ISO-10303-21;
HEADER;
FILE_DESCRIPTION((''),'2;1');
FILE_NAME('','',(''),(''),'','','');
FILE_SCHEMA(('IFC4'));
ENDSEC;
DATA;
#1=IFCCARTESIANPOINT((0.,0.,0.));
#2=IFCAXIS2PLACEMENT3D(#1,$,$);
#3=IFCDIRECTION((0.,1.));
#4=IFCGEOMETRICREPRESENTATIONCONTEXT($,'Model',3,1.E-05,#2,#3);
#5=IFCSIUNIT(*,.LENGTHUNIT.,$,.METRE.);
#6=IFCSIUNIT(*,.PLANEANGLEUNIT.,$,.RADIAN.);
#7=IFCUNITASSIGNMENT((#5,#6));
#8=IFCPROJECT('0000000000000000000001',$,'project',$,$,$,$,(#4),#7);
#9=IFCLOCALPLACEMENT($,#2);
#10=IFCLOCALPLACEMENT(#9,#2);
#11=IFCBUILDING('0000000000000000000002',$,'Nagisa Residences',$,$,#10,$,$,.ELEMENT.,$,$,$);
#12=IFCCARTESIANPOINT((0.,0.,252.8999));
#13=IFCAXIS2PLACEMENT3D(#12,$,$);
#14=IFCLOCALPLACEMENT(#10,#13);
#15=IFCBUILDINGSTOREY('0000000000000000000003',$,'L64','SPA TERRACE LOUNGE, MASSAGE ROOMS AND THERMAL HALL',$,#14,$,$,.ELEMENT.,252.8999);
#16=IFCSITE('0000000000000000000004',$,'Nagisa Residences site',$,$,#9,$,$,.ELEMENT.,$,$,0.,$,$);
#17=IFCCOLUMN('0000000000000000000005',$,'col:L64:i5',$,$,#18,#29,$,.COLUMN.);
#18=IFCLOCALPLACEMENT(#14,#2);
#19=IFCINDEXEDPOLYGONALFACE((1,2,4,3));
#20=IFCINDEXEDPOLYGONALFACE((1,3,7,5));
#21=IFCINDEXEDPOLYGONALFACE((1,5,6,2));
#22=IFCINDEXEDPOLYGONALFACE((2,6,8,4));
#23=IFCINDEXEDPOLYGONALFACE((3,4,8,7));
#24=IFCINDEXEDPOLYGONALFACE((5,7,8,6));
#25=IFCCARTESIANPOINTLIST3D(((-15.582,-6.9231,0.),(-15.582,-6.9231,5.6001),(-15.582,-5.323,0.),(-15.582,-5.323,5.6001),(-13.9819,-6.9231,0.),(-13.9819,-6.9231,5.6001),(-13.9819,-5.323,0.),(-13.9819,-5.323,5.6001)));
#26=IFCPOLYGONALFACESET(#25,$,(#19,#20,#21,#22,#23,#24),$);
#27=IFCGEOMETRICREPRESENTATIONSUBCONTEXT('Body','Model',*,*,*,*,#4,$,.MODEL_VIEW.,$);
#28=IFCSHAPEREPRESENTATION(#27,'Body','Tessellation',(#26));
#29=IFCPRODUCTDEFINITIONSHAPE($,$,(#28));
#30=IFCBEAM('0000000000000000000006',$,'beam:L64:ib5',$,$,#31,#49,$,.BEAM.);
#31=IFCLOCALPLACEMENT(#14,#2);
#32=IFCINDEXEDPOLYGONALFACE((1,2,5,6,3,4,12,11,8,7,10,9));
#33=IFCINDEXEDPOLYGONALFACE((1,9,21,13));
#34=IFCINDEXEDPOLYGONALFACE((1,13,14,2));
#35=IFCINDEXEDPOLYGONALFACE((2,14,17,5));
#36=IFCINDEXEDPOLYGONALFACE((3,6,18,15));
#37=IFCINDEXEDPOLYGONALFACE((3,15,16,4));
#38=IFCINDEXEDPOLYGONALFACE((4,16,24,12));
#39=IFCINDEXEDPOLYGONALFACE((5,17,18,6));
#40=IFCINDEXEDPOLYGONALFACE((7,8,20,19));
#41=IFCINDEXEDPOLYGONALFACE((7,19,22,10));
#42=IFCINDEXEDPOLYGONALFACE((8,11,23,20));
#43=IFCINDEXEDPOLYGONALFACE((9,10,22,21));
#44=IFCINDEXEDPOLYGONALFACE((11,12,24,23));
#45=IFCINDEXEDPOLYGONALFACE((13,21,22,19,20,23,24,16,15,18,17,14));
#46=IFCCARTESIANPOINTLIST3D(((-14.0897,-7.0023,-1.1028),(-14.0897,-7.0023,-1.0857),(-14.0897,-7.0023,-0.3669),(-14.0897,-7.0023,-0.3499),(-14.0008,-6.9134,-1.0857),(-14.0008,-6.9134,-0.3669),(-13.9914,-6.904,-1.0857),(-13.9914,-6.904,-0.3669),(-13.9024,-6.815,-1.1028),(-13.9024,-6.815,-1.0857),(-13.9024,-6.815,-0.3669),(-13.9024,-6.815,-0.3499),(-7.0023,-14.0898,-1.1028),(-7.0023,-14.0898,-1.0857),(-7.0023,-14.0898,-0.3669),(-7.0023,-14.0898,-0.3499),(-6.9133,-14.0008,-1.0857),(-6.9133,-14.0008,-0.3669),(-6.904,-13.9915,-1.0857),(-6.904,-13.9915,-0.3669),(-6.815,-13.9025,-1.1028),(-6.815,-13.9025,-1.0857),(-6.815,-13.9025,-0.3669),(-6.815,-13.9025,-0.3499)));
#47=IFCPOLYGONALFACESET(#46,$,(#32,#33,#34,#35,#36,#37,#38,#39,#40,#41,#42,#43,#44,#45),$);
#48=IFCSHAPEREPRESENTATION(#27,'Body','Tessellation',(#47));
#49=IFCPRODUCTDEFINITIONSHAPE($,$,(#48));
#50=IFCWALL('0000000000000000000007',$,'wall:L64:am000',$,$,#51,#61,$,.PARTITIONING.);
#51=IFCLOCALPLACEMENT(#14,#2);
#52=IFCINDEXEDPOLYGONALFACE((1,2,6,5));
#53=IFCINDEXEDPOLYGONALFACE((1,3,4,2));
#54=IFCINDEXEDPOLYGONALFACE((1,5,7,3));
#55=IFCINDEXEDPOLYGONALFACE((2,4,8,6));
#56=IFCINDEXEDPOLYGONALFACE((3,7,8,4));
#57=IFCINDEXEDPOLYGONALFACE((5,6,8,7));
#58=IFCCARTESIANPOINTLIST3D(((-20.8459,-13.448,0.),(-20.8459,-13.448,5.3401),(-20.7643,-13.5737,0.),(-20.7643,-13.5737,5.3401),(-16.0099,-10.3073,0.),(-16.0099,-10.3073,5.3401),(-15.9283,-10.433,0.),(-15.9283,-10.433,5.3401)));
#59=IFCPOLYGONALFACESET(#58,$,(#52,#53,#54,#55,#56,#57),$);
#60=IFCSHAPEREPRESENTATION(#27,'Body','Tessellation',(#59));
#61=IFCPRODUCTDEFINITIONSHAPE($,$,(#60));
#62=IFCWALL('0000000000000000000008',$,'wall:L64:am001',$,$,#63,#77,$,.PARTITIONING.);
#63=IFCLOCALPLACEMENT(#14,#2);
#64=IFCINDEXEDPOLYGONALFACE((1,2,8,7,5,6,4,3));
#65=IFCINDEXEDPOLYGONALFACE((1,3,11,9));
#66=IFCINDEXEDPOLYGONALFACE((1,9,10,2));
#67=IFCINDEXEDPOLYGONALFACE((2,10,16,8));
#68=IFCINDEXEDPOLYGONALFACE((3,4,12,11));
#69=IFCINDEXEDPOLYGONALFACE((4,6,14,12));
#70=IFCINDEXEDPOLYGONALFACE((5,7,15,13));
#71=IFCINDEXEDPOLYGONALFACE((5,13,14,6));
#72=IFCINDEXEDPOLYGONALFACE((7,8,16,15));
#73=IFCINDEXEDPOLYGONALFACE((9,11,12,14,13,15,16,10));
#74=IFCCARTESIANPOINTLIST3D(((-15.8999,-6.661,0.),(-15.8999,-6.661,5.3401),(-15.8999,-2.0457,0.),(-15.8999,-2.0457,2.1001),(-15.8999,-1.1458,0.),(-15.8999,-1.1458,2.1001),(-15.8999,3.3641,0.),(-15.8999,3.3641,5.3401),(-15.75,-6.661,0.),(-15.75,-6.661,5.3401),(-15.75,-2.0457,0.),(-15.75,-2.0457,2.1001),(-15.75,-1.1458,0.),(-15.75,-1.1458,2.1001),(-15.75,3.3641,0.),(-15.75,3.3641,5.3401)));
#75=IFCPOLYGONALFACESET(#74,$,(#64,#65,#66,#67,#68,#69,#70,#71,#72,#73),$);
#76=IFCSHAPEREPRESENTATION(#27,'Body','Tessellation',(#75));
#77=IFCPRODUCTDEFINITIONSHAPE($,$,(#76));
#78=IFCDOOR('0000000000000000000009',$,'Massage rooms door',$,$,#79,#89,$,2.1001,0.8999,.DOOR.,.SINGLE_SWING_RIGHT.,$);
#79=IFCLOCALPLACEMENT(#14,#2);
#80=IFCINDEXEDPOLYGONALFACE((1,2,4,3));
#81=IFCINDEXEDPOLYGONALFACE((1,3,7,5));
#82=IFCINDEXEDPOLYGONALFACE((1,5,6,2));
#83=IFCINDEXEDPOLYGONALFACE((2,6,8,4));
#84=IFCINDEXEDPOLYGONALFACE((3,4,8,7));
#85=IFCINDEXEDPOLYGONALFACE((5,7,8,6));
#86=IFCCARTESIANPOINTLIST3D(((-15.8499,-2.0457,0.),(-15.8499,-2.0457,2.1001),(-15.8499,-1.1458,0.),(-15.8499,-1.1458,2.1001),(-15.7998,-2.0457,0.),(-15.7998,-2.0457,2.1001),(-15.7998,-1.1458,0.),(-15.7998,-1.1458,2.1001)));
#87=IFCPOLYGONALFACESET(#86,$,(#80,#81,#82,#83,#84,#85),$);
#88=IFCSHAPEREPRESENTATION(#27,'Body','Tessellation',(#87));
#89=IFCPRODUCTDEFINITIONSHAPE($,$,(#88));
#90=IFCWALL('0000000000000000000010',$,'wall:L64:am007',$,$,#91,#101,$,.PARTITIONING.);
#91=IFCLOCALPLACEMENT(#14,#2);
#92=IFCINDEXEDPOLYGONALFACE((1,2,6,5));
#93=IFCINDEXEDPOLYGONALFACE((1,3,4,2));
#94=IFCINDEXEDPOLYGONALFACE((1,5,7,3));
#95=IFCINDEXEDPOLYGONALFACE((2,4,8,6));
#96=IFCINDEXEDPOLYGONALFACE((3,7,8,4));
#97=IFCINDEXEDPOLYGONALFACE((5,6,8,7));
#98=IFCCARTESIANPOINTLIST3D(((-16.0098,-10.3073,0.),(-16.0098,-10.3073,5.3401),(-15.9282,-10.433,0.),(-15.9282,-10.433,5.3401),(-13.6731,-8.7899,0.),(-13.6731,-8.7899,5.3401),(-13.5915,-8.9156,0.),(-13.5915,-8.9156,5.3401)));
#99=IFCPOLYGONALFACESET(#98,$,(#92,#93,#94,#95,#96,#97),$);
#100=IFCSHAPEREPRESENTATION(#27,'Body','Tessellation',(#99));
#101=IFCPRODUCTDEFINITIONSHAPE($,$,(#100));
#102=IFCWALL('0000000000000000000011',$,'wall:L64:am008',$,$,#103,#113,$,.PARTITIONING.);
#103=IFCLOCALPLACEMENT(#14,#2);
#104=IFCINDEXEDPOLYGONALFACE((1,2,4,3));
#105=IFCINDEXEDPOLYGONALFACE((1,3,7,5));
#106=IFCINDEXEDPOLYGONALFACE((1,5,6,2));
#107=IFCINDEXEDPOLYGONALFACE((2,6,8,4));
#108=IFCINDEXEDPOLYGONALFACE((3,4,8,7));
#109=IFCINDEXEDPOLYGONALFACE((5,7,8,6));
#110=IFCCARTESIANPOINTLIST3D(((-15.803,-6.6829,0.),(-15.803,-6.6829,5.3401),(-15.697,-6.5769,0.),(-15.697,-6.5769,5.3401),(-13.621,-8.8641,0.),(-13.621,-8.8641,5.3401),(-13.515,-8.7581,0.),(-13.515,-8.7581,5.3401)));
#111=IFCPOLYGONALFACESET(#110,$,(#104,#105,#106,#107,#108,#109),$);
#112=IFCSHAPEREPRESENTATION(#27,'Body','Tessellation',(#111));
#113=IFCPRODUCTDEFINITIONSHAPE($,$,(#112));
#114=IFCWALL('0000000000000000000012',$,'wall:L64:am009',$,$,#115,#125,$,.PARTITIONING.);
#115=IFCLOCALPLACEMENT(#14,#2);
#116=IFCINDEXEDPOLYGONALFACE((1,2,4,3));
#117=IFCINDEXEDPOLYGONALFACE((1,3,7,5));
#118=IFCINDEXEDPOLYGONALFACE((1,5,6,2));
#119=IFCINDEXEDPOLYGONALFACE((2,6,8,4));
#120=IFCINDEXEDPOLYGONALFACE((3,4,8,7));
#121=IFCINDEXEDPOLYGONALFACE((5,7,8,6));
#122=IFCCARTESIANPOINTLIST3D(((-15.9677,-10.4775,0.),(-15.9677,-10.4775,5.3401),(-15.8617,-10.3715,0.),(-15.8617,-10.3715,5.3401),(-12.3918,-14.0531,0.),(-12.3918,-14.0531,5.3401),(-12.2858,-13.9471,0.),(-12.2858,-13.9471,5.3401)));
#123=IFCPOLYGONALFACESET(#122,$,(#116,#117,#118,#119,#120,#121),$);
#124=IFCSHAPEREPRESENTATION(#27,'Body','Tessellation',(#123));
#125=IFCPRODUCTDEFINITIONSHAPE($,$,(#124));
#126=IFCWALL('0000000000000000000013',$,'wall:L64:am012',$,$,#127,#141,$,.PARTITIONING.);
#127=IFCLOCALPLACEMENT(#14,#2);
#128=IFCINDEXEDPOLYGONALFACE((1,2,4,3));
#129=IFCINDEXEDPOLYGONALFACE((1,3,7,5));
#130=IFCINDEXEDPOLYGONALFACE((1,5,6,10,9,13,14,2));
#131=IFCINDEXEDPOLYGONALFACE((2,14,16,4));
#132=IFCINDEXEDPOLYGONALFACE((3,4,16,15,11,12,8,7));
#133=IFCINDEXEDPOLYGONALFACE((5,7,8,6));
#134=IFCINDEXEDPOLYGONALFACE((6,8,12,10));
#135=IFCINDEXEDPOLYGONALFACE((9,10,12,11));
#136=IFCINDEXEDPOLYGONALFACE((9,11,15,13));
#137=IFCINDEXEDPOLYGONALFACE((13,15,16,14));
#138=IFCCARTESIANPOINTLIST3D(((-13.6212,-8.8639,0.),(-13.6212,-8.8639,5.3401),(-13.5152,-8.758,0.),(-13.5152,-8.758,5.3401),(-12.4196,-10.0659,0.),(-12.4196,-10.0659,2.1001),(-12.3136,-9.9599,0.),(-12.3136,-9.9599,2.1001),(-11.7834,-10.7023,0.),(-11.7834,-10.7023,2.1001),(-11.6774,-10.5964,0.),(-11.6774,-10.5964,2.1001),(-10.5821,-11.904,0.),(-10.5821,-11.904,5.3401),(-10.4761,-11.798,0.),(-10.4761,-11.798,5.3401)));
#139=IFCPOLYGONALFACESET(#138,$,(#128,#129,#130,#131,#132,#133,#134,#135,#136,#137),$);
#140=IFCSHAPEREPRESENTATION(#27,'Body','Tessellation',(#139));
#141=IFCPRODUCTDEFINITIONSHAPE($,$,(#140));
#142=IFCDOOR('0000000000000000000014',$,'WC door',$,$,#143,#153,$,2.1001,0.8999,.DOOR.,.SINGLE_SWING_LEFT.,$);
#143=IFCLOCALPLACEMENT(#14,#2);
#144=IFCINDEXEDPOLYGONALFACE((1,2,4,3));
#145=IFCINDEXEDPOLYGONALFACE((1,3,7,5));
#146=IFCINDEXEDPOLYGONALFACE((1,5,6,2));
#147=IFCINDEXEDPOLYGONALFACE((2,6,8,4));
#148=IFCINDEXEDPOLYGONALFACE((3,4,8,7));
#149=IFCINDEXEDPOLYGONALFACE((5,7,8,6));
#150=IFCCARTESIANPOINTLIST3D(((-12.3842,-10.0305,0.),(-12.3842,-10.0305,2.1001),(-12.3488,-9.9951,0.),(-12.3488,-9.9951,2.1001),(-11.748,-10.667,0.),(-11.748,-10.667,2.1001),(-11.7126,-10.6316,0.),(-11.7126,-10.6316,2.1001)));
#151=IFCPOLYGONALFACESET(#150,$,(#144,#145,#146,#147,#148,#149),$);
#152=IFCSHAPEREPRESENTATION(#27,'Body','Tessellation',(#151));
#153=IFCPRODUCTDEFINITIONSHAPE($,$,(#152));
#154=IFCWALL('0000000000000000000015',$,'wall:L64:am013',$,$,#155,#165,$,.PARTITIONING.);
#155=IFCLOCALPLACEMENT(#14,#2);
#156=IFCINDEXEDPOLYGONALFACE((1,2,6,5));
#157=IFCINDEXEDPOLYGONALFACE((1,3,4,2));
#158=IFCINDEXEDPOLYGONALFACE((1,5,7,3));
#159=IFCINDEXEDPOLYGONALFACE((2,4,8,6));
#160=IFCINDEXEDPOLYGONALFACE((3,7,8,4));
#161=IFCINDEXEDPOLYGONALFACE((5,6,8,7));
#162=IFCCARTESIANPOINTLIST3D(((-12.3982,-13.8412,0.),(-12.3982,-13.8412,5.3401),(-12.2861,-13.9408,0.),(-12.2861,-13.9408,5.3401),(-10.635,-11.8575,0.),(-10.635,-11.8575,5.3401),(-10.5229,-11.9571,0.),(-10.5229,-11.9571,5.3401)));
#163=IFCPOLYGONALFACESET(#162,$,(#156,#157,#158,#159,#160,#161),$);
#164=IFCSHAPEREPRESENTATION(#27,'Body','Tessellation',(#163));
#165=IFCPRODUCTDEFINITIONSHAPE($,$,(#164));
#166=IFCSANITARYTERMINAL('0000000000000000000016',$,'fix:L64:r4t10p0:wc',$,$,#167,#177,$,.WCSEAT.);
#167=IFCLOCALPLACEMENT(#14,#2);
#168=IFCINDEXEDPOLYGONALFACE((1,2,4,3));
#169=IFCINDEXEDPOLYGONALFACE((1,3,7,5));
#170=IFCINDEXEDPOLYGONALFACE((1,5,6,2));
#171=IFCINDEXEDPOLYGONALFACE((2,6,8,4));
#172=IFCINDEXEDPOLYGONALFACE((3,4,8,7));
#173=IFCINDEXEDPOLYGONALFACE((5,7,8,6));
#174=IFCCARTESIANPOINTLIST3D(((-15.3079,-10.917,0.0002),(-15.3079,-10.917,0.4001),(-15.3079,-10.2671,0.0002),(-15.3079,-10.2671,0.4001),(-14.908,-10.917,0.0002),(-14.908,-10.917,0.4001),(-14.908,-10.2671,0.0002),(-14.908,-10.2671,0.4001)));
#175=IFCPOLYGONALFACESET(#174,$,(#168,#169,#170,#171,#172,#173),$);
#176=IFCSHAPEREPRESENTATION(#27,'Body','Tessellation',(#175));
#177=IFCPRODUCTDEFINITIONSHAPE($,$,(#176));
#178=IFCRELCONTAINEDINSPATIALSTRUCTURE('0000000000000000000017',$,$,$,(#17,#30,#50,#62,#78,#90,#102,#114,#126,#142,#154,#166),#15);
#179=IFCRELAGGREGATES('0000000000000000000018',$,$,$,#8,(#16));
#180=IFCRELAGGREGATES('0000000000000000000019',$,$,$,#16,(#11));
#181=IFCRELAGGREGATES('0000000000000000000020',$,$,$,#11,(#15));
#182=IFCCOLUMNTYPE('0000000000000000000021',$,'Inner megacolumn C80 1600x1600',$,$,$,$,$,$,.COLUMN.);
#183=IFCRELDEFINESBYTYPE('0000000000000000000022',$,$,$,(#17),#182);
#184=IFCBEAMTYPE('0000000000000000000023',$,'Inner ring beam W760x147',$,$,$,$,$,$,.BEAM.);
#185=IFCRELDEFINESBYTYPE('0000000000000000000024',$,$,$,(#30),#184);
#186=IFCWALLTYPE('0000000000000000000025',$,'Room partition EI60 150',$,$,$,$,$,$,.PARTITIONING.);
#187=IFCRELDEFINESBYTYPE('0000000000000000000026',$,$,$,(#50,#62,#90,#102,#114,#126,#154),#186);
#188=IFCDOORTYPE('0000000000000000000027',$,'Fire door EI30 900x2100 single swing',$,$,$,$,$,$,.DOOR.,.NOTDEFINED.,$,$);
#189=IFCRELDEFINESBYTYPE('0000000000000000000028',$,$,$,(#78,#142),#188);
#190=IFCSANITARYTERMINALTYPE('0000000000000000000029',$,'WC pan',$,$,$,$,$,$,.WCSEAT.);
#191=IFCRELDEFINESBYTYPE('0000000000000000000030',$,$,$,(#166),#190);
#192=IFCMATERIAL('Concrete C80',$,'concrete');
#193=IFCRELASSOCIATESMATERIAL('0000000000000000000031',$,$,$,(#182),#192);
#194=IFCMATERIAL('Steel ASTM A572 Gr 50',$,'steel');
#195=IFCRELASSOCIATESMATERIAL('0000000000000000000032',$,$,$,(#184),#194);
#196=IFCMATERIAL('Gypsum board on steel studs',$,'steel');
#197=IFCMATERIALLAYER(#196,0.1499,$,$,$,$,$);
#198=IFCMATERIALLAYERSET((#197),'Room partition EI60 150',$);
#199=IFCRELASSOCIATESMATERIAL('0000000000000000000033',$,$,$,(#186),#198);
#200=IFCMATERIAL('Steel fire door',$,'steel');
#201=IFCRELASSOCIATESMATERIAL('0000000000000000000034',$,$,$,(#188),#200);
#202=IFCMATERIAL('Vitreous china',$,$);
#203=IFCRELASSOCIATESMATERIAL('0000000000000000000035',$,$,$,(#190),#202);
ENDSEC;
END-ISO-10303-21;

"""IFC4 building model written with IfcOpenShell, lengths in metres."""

from ifc_helpers import new_model, si_unit, direction, frame, frame_2d, origin, origin_2d, place, context, subcontext, project, spatial, rectangle, i_section, extrude, material, layer, layer_set, material_profile, profile_set, type_object, element, fill, save


model = new_model("IFC4")

# Units and contexts
model_context = context("Model", 3, precision=1e-05, world=origin(), true_north=direction((0.0, 1.0)))
body_context = subcontext(model_context, "Body", "Model", "MODEL_VIEW")
ifc_project = project(units=[si_unit("LENGTHUNIT", "METRE"), si_unit("PLANEANGLEUNIT", "RADIAN")], contexts=[model_context])

# Site, building, storey
site_placement = place(None, origin())
site = spatial("IfcSite", under=ifc_project, at=site_placement, Name="Nagisa Residences site", CompositionType="ELEMENT", RefElevation=0.0)
building_placement = place(site_placement, origin())
building = spatial("IfcBuilding", under=site, at=building_placement, Name="Nagisa Residences", CompositionType="ELEMENT")
storey_placement = place(building_placement, frame((0.0, 0.0, 252.8999)))
storey = spatial("IfcBuildingStorey", under=building, at=storey_placement, Name="L64", Description="SPA TERRACE LOUNGE, MASSAGE ROOMS AND THERMAL HALL", CompositionType="ELEMENT", Elevation=252.8999)

# Column
ifc_material_1 = material(Name="Concrete C80", Category="concrete")
ifc_material_profile_1 = material_profile(ifc_material_1, rectangle(XDim=1.6001, YDim=1.6001, at=origin_2d()), Name="C80 1600x1600")
ifc_profile_set_1 = profile_set([ifc_material_profile_1], Name="Concrete C80")
column_type = type_object("IfcColumnType", Name="Inner megacolumn C80 1600x1600", PredefinedType="COLUMN", material=ifc_profile_set_1)
column_placement = place(storey_placement, frame((-14.782, -6.123, 0.0), z_axis=(0.0, 0.0, 1.0), x_axis=(1.0, 0.0, 0.0)))
element("IfcColumn", 1, at=column_placement, inside=storey, type_object=column_type, Name="col:L64:i5", PredefinedType="COLUMN", context=body_context, shape_type="SweptSolid", body=[
    extrude(rectangle(XDim=1.6001, YDim=1.6001, at=origin_2d()), origin(), (0.0, 0.0, 1.0), 5.6001),
])

# Beam
ifc_material_2 = material(Name="Steel ASTM A572 Gr 50", Category="steel")
ifc_material_profile_2 = material_profile(ifc_material_2, i_section(OverallWidth=0.2649, OverallDepth=0.7529, WebThickness=0.0132, FlangeThickness=0.0171, at=origin_2d()), Name="W760x147")
ifc_profile_set_2 = profile_set([ifc_material_profile_2], Name="Steel ASTM A572 Gr 50")
beam_type = type_object("IfcBeamType", Name="Inner ring beam W760x147", PredefinedType="BEAM", material=ifc_profile_set_2)
beam_placement = place(storey_placement, frame((-13.9961, -6.9087, -0.7263), z_axis=(0.707107, -0.707107, 0.0), x_axis=(0.707107, 0.707107, 0.0)))
element("IfcBeam", 2, at=beam_placement, inside=storey, type_object=beam_type, Name="beam:L64:ib5", PredefinedType="BEAM", context=body_context, shape_type="SweptSolid", body=[
    extrude(i_section(OverallWidth=0.2649, OverallDepth=0.7529, WebThickness=0.0132, FlangeThickness=0.0171, at=origin_2d()), origin(), (0.0, 0.0, 1.0), 10.0232),
])

# Wall
ifc_material_3 = material(Name="Gypsum board on steel studs", Category="steel")
ifc_layer = layer(ifc_material_3, 0.1499)
ifc_layer_set = layer_set([ifc_layer], Name="Room partition EI60 150")
wall_type = type_object("IfcWallType", Name="Room partition EI60 150", PredefinedType="PARTITIONING", material=ifc_layer_set)
wall_1_placement = place(storey_placement, frame((-15.969, -10.3701, 0.0), z_axis=(0.0, 0.0, 1.0), x_axis=(-0.83866, -0.544655, 0.0)))
element("IfcWall", 3, at=wall_1_placement, inside=storey, type_object=wall_type, Name="wall:L64:am000", PredefinedType="PARTITIONING", context=body_context, shape_type="SweptSolid", body=[
    extrude(rectangle(XDim=5.7664, YDim=0.1499, at=frame_2d((2.8833, 0.0))), origin(), (0.0, 0.0, 1.0), 5.3401),
])

# Wall, opening, door
wall_2_placement = place(storey_placement, frame((-15.825, -6.6611, 0.0), z_axis=(0.0, 0.0, 1.0), x_axis=(0.0, 1.0, 0.0)))
wall_2 = element("IfcWall", 4, at=wall_2_placement, inside=storey, type_object=wall_type, Name="wall:L64:am001", PredefinedType="PARTITIONING", context=body_context, shape_type="SweptSolid", body=[
    extrude(rectangle(XDim=10.0251, YDim=0.1499, at=frame_2d((5.0127, 0.0))), origin(), (0.0, 0.0, 1.0), 5.3401),
])
opening_1_placement = place(wall_2_placement, frame((4.6155, 0.0, 0.0)))
opening_1 = element("IfcOpeningElement", 5, at=opening_1_placement, cuts=wall_2, PredefinedType="OPENING", context=body_context, shape_type="SweptSolid", body=[
    extrude(rectangle(XDim=0.8999, YDim=2.1001, at=frame_2d((0.45, 1.05))), frame((0.0, 0.085, 0.0), z_axis=(0.0, -1.0, 0.0), x_axis=(1.0, 0.0, 0.0)), (0.0, 0.0, 1.0), 0.1699),
])
ifc_material_4 = material(Name="Steel fire door", Category="steel")
door_type = type_object("IfcDoorType", Name="Fire door EI30 900x2100 single swing", OperationType="NOTDEFINED", PredefinedType="DOOR", material=ifc_material_4)
door_1_placement = place(opening_1_placement, origin())
door_1 = element("IfcDoor", 6, at=door_1_placement, inside=storey, type_object=door_type, Name="Massage rooms door", OperationType="SINGLE_SWING_RIGHT", OverallHeight=2.1001, OverallWidth=0.8999, PredefinedType="DOOR", context=body_context, shape_type="SweptSolid", body=[
    extrude(rectangle(XDim=0.8999, YDim=2.1001, at=frame_2d((0.45, 1.05))), frame((0.0, 0.0249, 0.0), z_axis=(0.0, -1.0, 0.0), x_axis=(1.0, 0.0, 0.0)), (0.0, 0.0, 1.0), 0.05),
])
fill(opening_1, door_1)

# Walls
wall_3_placement = place(storey_placement, frame((-13.6323, -8.8528, 0.0), z_axis=(0.0, 0.0, 1.0), x_axis=(-0.83869, -0.544609, 0.0)))
element("IfcWall", 7, at=wall_3_placement, inside=storey, type_object=wall_type, Name="wall:L64:am007", PredefinedType="PARTITIONING", context=body_context, shape_type="SweptSolid", body=[
    extrude(rectangle(XDim=2.7861, YDim=0.1499, at=frame_2d((1.3931, 0.0))), origin(), (0.0, 0.0, 1.0), 5.3401),
])
wall_4_placement = place(storey_placement, frame((-13.5681, -8.811, 0.0), z_axis=(0.0, 0.0, 1.0), x_axis=(-0.707225, 0.706988, 0.0)))
element("IfcWall", 8, at=wall_4_placement, inside=storey, type_object=wall_type, Name="wall:L64:am008", PredefinedType="PARTITIONING", context=body_context, shape_type="SweptSolid", body=[
    extrude(rectangle(XDim=3.0852, YDim=0.1499, at=frame_2d((1.5425, 0.0))), origin(), (0.0, 0.0, 1.0), 5.3401),
])
wall_5_placement = place(storey_placement, frame((-12.3389, -14.0, 0.0), z_axis=(0.0, 0.0, 1.0), x_axis=(-0.707131, 0.707083, 0.0)))
element("IfcWall", 9, at=wall_5_placement, inside=storey, type_object=wall_type, Name="wall:L64:am009", PredefinedType="PARTITIONING", context=body_context, shape_type="SweptSolid", body=[
    extrude(rectangle(XDim=5.0569, YDim=0.1499, at=frame_2d((2.5283, 0.0))), origin(), (0.0, 0.0, 1.0), 5.3401),
])

# Wall, opening, door
wall_6_placement = place(storey_placement, frame((-10.5291, -11.8511, 0.0), z_axis=(0.0, 0.0, 1.0), x_axis=(-0.706993, 0.70722, 0.0)))
wall_6 = element("IfcWall", 10, at=wall_6_placement, inside=storey, type_object=wall_type, Name="wall:L64:am012", PredefinedType="PARTITIONING", context=body_context, shape_type="SweptSolid", body=[
    extrude(rectangle(XDim=4.2986, YDim=0.1499, at=frame_2d((2.1494, 0.0))), origin(), (0.0, 0.0, 1.0), 5.3401),
])
opening_2_placement = place(wall_6_placement, frame((1.6992, 0.0, 0.0)))
opening_2 = element("IfcOpeningElement", 11, at=opening_2_placement, cuts=wall_6, PredefinedType="OPENING", context=body_context, shape_type="SweptSolid", body=[
    extrude(rectangle(XDim=0.8999, YDim=2.1001, at=frame_2d((0.45, 1.05))), frame((0.0, 0.085, 0.0), z_axis=(0.0, -1.0, 0.0), x_axis=(1.0, 0.0, 0.0)), (0.0, 0.0, 1.0), 0.1699),
])
door_2_placement = place(opening_2_placement, origin())
door_2 = element("IfcDoor", 12, at=door_2_placement, inside=storey, type_object=door_type, Name="WC door", OperationType="SINGLE_SWING_LEFT", OverallHeight=2.1001, OverallWidth=0.8999, PredefinedType="DOOR", context=body_context, shape_type="SweptSolid", body=[
    extrude(rectangle(XDim=0.8999, YDim=2.1001, at=frame_2d((0.45, 1.05))), frame((0.0, 0.0249, 0.0), z_axis=(0.0, -1.0, 0.0), x_axis=(1.0, 0.0, 0.0)), (0.0, 0.0, 1.0), 0.05),
])
fill(opening_2, door_2)

# Wall
wall_7_placement = place(storey_placement, frame((-10.5789, -11.9072, 0.0), z_axis=(0.0, 0.0, 1.0), x_axis=(-0.664352, -0.747419, 0.0)))
element("IfcWall", 13, at=wall_7_placement, inside=storey, type_object=wall_type, Name="wall:L64:am013", PredefinedType="PARTITIONING", context=body_context, shape_type="SweptSolid", body=[
    extrude(rectangle(XDim=2.6541, YDim=0.1499, at=frame_2d((1.3271, 0.0))), origin(), (0.0, 0.0, 1.0), 5.3401),
])

# Sanitary terminal
ifc_material_5 = material(Name="Vitreous china")
sanitary_terminal_type_1 = type_object("IfcSanitaryTerminalType", Name="WC pan", PredefinedType="WCSEAT", material=ifc_material_5)
sanitary_terminal_1_placement = place(storey_placement, frame((-15.1079, -10.592, 0.0002), z_axis=(0.0, 0.0, 1.0), x_axis=(1.0, 0.0, 0.0)))
element("IfcSanitaryTerminal", 14, at=sanitary_terminal_1_placement, inside=storey, type_object=sanitary_terminal_type_1, Name="fix:L64:r4t10p0:wc", PredefinedType="WCSEAT", context=body_context, shape_type="SweptSolid", body=[
    extrude(rectangle(XDim=0.3999, YDim=0.6499, at=origin_2d()), origin(), (0.0, 0.0, 1.0), 0.3999),
])

save(model, "model.ifc")
